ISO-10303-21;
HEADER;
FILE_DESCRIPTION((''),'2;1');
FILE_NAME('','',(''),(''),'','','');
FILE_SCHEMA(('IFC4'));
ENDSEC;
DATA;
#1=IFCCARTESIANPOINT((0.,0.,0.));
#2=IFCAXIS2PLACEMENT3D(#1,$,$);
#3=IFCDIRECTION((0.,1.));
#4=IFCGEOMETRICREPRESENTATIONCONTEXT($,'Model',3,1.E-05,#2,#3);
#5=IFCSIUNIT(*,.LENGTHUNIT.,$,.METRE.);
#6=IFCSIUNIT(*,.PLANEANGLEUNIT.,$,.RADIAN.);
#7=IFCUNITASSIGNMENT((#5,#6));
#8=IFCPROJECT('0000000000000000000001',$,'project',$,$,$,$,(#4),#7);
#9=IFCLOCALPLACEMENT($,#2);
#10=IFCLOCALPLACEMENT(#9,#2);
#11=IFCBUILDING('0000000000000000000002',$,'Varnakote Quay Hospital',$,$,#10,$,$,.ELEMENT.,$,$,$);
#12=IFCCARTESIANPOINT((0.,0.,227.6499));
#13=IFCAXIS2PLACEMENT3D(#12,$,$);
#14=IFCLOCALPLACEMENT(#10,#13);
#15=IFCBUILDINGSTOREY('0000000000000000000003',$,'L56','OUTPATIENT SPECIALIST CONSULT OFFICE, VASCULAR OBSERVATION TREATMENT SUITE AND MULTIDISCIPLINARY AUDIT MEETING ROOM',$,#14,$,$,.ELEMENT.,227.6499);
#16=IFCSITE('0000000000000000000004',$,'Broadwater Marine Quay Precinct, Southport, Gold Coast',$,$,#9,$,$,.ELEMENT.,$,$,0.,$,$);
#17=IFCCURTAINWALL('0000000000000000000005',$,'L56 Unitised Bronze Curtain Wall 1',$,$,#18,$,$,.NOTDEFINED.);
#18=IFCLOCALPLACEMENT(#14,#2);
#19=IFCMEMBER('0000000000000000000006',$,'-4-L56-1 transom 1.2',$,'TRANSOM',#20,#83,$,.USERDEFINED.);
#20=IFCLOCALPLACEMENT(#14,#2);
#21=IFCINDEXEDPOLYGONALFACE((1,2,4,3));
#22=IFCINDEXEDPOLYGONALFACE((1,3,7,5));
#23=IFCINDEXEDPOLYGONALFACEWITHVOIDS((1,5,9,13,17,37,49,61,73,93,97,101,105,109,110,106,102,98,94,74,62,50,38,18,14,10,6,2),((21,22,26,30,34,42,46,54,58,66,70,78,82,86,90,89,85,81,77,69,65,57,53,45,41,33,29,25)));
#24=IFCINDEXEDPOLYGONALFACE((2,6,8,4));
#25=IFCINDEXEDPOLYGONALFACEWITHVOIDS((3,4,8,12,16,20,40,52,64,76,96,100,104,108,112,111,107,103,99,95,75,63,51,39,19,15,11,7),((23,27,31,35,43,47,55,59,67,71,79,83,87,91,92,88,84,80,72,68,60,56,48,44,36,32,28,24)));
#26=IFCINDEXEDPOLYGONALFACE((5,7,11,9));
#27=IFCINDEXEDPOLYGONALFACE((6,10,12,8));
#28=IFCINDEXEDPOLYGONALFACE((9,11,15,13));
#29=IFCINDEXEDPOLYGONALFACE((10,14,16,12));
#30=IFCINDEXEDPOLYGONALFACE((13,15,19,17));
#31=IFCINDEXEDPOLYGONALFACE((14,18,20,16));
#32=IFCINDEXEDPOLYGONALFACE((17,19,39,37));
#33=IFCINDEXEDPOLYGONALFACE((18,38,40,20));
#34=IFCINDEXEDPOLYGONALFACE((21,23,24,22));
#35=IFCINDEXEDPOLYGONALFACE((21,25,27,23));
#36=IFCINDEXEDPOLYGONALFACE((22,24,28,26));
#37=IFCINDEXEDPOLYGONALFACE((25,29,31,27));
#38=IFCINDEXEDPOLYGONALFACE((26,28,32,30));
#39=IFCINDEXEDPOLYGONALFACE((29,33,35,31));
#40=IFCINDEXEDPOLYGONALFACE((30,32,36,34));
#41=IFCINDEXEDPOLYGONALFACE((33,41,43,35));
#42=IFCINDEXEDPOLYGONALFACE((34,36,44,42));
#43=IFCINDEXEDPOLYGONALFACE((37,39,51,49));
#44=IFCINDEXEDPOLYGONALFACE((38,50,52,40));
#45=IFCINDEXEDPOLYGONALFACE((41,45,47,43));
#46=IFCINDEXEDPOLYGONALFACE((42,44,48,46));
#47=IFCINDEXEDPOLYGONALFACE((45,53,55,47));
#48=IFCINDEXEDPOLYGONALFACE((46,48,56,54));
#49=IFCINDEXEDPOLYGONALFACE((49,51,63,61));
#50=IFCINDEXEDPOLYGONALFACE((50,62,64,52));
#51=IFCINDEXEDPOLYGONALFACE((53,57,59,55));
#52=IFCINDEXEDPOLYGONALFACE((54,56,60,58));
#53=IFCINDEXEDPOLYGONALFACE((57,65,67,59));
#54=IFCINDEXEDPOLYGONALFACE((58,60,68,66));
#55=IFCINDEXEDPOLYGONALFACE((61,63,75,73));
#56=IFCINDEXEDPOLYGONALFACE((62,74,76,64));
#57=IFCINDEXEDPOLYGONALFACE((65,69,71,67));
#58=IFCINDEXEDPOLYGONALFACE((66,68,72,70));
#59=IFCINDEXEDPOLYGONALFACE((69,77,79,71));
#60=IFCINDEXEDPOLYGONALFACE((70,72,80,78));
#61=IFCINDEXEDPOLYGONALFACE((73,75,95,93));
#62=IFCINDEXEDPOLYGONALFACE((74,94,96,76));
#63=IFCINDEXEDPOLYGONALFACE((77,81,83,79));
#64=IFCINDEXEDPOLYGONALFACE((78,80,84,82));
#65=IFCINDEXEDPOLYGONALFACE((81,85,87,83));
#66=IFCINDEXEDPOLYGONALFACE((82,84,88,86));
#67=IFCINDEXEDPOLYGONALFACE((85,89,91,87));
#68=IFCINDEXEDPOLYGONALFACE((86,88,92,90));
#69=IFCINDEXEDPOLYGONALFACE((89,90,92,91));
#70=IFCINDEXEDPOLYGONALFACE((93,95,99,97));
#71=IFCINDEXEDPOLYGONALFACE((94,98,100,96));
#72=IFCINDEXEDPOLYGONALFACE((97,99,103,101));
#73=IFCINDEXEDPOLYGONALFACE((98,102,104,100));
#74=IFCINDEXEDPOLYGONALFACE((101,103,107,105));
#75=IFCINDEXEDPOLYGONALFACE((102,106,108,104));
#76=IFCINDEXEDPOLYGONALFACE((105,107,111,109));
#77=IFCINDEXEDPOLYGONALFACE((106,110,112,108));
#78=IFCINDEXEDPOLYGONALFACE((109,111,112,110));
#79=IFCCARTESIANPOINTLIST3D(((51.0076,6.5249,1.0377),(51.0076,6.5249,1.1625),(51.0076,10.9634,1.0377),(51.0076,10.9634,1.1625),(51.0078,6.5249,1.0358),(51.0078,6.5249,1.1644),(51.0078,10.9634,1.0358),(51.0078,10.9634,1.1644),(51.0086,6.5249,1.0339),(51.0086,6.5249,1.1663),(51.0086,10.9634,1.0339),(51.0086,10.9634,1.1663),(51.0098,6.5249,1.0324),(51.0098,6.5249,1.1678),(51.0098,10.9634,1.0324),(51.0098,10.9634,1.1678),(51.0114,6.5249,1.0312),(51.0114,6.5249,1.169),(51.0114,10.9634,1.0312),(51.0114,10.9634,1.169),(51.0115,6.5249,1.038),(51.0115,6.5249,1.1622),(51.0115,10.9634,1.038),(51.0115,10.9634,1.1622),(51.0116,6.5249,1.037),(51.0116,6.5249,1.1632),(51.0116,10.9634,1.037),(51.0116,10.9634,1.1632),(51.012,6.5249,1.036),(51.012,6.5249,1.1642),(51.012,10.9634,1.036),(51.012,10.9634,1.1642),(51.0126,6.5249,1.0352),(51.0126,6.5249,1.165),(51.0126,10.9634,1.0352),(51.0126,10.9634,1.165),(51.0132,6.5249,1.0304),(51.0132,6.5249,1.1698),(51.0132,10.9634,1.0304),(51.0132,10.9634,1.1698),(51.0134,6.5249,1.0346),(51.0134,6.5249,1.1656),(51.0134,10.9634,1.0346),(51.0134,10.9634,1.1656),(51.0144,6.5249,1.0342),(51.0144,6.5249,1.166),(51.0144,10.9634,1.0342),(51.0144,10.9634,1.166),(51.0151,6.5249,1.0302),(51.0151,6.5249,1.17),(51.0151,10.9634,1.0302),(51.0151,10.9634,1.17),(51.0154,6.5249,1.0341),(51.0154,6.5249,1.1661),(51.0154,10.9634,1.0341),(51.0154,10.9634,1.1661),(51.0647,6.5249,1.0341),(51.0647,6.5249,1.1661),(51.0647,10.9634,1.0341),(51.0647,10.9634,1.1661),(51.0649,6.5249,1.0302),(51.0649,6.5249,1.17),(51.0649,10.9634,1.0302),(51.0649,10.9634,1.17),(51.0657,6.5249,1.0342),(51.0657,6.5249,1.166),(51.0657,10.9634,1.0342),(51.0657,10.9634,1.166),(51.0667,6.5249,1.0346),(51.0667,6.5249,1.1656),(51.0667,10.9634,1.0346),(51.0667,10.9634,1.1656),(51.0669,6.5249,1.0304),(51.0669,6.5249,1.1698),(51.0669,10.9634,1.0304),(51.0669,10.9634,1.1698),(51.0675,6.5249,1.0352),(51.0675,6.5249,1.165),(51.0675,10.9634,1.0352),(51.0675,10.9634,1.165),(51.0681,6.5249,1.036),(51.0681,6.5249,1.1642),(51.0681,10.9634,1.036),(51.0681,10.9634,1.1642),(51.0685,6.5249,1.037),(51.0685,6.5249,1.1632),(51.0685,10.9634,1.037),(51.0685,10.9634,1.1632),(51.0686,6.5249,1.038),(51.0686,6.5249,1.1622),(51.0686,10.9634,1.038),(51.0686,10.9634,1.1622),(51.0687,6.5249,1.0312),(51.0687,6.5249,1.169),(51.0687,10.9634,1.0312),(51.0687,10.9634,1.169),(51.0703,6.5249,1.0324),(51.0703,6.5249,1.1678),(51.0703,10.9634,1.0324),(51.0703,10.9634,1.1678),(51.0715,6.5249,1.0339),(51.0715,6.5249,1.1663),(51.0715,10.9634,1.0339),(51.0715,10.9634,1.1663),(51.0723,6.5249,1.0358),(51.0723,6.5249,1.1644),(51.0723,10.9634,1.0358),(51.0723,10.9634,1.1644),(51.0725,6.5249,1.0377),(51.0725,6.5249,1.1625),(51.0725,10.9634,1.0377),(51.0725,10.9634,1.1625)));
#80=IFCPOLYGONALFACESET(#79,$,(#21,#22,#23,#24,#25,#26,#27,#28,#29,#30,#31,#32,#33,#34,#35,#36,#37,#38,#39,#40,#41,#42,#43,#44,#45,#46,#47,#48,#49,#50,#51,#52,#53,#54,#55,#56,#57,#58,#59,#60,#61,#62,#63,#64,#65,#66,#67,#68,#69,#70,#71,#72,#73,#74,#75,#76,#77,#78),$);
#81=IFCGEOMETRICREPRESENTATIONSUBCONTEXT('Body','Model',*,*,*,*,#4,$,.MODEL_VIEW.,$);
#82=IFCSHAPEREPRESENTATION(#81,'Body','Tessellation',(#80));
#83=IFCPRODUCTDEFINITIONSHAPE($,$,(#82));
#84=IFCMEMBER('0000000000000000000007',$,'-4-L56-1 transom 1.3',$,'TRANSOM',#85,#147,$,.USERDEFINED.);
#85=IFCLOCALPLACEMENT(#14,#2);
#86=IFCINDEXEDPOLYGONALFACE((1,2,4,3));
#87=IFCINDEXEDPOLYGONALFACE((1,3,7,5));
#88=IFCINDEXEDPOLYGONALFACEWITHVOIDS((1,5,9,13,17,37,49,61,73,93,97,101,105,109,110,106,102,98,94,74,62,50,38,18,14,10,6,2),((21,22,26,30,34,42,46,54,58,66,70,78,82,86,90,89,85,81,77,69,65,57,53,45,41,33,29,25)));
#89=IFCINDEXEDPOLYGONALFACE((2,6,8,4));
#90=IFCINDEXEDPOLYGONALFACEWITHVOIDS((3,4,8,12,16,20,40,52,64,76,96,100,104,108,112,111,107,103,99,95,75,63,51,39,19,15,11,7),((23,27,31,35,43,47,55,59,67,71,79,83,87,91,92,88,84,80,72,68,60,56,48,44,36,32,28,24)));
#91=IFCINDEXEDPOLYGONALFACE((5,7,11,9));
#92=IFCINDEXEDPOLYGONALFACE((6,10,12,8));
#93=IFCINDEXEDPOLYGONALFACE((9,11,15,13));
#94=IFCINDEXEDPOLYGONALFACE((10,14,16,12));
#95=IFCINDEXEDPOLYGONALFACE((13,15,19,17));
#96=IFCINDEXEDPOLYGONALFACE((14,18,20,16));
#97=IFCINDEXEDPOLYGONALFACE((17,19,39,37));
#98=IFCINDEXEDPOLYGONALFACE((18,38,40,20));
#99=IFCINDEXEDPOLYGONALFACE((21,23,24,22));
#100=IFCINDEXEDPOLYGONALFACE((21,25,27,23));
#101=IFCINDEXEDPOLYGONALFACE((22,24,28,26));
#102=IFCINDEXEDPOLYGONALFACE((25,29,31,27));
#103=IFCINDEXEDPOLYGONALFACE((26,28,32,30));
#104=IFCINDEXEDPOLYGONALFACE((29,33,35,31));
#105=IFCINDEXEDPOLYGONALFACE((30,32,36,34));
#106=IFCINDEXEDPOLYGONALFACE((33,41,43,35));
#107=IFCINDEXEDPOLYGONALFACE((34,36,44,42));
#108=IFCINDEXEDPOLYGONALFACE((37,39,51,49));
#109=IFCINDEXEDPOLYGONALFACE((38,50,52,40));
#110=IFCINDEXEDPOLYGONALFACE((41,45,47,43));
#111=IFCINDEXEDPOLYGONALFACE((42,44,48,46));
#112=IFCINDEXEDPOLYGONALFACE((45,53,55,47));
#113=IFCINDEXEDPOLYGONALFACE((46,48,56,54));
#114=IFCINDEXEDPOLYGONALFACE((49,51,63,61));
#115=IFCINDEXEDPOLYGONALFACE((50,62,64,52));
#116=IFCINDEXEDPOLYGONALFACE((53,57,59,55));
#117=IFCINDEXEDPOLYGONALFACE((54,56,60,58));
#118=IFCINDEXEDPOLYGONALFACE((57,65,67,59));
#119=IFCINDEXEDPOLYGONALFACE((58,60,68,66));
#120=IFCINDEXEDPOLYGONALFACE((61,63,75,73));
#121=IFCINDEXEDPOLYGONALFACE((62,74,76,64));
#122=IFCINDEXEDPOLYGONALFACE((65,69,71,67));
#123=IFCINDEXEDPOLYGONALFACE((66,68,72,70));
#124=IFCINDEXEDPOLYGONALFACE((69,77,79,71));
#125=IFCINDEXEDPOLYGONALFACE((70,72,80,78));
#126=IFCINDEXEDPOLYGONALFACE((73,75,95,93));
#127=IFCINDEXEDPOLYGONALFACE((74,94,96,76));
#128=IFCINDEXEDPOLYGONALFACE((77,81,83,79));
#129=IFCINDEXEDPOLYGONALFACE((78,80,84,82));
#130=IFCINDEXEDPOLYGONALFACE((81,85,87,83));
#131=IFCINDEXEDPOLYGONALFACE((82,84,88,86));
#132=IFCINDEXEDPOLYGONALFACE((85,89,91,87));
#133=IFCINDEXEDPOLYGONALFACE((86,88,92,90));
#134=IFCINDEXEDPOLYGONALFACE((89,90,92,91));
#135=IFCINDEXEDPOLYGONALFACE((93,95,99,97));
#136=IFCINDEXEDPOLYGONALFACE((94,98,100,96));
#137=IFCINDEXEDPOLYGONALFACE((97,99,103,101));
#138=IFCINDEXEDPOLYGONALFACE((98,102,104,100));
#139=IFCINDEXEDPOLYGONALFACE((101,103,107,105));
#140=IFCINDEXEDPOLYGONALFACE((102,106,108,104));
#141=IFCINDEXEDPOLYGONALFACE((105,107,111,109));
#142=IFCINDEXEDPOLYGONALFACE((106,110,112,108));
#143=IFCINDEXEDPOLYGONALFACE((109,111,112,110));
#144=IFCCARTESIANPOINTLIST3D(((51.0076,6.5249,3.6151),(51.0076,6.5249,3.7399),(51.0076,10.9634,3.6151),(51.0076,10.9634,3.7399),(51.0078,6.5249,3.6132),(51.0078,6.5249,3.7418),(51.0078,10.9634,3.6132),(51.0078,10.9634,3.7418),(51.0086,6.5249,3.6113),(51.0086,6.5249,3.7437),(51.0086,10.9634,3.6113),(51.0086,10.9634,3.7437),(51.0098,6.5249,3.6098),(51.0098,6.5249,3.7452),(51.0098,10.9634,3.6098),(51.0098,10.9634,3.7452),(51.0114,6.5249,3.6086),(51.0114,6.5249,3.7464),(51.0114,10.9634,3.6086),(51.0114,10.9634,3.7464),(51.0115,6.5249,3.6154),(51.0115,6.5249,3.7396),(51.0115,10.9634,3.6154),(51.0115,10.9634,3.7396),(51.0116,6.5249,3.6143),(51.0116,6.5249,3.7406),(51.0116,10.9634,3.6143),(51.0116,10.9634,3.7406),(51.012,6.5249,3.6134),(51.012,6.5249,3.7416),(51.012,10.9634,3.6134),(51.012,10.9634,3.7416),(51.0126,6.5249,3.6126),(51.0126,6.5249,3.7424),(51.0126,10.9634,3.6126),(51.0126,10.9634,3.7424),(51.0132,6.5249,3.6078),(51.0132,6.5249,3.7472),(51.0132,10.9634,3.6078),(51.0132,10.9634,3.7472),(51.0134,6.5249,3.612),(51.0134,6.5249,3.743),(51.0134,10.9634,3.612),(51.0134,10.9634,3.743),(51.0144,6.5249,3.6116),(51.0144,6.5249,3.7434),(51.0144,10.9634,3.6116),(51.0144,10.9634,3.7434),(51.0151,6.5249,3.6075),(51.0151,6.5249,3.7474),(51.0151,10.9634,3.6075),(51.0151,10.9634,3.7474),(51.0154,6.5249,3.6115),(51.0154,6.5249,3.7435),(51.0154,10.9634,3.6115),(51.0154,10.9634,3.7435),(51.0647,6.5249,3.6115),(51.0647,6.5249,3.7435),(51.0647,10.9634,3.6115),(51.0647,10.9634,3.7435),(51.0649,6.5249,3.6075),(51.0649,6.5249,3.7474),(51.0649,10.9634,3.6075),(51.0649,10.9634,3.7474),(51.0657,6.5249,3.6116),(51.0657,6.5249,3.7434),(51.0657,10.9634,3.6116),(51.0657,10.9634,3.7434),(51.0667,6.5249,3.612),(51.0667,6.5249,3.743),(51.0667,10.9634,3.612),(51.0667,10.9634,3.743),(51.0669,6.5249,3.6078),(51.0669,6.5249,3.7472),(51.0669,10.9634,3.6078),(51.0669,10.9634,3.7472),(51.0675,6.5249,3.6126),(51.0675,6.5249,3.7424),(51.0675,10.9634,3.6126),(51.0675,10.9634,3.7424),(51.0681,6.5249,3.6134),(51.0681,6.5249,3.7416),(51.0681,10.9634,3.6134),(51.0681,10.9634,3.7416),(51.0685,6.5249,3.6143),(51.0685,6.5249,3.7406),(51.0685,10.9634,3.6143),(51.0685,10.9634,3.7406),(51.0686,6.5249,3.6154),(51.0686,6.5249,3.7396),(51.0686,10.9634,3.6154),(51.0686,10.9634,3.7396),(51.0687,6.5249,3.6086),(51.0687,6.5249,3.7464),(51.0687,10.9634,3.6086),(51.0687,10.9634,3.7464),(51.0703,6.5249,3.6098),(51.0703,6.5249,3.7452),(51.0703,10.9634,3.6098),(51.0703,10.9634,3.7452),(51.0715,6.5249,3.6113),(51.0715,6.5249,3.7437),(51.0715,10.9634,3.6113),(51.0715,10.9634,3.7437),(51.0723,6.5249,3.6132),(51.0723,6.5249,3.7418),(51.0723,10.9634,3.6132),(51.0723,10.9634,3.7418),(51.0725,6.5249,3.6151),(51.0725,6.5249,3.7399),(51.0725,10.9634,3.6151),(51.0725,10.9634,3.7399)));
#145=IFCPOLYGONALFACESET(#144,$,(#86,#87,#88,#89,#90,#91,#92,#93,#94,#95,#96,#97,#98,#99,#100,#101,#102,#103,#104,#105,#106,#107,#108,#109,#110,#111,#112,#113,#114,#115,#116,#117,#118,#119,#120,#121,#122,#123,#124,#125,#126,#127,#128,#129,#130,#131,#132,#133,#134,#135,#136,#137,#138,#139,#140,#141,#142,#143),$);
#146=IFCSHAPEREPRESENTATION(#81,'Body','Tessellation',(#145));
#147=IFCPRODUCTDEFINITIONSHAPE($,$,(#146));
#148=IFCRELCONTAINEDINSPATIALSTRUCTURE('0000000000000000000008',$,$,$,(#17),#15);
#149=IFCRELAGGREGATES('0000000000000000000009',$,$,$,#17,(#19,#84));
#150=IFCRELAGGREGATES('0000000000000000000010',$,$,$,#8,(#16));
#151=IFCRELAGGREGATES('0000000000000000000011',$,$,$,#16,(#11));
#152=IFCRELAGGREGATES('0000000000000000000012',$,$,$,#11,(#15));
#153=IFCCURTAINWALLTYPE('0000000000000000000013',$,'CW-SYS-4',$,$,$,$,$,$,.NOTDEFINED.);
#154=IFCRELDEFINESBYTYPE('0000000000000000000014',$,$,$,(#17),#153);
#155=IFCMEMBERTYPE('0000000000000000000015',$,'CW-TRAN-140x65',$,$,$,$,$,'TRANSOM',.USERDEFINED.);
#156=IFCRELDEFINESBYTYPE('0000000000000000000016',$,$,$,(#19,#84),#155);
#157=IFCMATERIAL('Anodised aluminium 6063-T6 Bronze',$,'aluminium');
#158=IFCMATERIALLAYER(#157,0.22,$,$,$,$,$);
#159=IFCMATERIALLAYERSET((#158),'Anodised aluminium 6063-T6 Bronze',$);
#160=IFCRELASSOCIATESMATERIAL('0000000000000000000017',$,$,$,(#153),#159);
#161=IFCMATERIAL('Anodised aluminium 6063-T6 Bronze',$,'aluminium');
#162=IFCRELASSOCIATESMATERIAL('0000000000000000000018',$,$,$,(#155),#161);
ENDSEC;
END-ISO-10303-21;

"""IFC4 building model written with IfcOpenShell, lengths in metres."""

from ifc_helpers import new_model, si_unit, direction, frame, origin, origin_2d, place, context, subcontext, project, spatial, hollow_rectangle, extrude, material, layer, layer_set, material_profile, profile_set, type_object, element, aggregate, save


model = new_model("IFC4")

# Units and contexts
model_context = context("Model", 3, precision=1e-05, world=origin(), true_north=direction((0.0, 1.0)))
body_context = subcontext(model_context, "Body", "Model", "MODEL_VIEW")
ifc_project = project(units=[si_unit("LENGTHUNIT", "METRE"), si_unit("PLANEANGLEUNIT", "RADIAN")], contexts=[model_context])

# Site, building, storey
site_placement = place(None, origin())
site = spatial("IfcSite", under=ifc_project, at=site_placement, Name="Broadwater Marine Quay Precinct, Southport, Gold Coast", CompositionType="ELEMENT", RefElevation=0.0)
building_placement = place(site_placement, origin())
building = spatial("IfcBuilding", under=site, at=building_placement, Name="Varnakote Quay Hospital", CompositionType="ELEMENT")
storey_placement = place(building_placement, frame((0.0, 0.0, 227.6499)))
storey = spatial("IfcBuildingStorey", under=building, at=storey_placement, Name="L56", Description="OUTPATIENT SPECIALIST CONSULT OFFICE, VASCULAR OBSERVATION TREATMENT SUITE AND MULTIDISCIPLINARY AUDIT MEETING ROOM", CompositionType="ELEMENT", Elevation=227.6499)

# Curtain wall, members
ifc_material_1 = material(Name="Anodised aluminium 6063-T6 Bronze", Category="aluminium")
ifc_layer_1 = layer(ifc_material_1, 0.22)
ifc_layer_set_1 = layer_set([ifc_layer_1], Name="Anodised aluminium 6063-T6 Bronze")
curtain_wall_type = type_object("IfcCurtainWallType", Name="CW-SYS-4", PredefinedType="NOTDEFINED", material=ifc_layer_set_1)
curtain_wall_placement = place(storey_placement, origin())
curtain_wall = element("IfcCurtainWall", 1, at=curtain_wall_placement, inside=storey, type_object=curtain_wall_type, Name="L56 Unitised Bronze Curtain Wall 1", PredefinedType="NOTDEFINED")
ifc_material_2 = material(Name="Anodised aluminium 6063-T6 Bronze", Category="aluminium")
ifc_material_profile_1 = material_profile(ifc_material_2, hollow_rectangle(XDim=0.0649, YDim=0.1399, WallThickness=0.0039, InnerFilletRadius=0.0039, OuterFilletRadius=0.0076, at=origin_2d()), Name="CW-TRAN-140x65")
ifc_profile_set_1 = profile_set([ifc_material_profile_1], Name="Anodised aluminium 6063-T6 Bronze")
member_type_1 = type_object("IfcMemberType", Name="CW-TRAN-140x65", ElementType="TRANSOM", PredefinedType="USERDEFINED", material=ifc_profile_set_1)
member_1_placement = place(storey_placement, frame((51.04, 6.5249, 1.1001), z_axis=(0.0, 1.0, 0.0), x_axis=(-1.0, 0.0, 0.0)))
member_1 = element("IfcMember", 2, at=member_1_placement, type_object=member_type_1, Name="-4-L56-1 transom 1.2", ObjectType="TRANSOM", PredefinedType="USERDEFINED", context=body_context, shape_type="SweptSolid", body=[
    extrude(hollow_rectangle(XDim=0.0649, YDim=0.1399, WallThickness=0.0039, InnerFilletRadius=0.0039, OuterFilletRadius=0.0076, at=origin_2d()), origin(), (0.0, 0.0, 1.0), 4.4385),
])
member_2_placement = place(storey_placement, frame((51.04, 6.5249, 3.6775), z_axis=(0.0, 1.0, 0.0), x_axis=(-1.0, 0.0, 0.0)))
member_2 = element("IfcMember", 3, at=member_2_placement, type_object=member_type_1, Name="-4-L56-1 transom 1.3", ObjectType="TRANSOM", PredefinedType="USERDEFINED", context=body_context, shape_type="SweptSolid", body=[
    extrude(hollow_rectangle(XDim=0.0649, YDim=0.1399, WallThickness=0.0039, InnerFilletRadius=0.0039, OuterFilletRadius=0.0076, at=origin_2d()), origin(), (0.0, 0.0, 1.0), 4.4385),
])
aggregate(curtain_wall, [member_1, member_2])

save(model, "model.ifc")
